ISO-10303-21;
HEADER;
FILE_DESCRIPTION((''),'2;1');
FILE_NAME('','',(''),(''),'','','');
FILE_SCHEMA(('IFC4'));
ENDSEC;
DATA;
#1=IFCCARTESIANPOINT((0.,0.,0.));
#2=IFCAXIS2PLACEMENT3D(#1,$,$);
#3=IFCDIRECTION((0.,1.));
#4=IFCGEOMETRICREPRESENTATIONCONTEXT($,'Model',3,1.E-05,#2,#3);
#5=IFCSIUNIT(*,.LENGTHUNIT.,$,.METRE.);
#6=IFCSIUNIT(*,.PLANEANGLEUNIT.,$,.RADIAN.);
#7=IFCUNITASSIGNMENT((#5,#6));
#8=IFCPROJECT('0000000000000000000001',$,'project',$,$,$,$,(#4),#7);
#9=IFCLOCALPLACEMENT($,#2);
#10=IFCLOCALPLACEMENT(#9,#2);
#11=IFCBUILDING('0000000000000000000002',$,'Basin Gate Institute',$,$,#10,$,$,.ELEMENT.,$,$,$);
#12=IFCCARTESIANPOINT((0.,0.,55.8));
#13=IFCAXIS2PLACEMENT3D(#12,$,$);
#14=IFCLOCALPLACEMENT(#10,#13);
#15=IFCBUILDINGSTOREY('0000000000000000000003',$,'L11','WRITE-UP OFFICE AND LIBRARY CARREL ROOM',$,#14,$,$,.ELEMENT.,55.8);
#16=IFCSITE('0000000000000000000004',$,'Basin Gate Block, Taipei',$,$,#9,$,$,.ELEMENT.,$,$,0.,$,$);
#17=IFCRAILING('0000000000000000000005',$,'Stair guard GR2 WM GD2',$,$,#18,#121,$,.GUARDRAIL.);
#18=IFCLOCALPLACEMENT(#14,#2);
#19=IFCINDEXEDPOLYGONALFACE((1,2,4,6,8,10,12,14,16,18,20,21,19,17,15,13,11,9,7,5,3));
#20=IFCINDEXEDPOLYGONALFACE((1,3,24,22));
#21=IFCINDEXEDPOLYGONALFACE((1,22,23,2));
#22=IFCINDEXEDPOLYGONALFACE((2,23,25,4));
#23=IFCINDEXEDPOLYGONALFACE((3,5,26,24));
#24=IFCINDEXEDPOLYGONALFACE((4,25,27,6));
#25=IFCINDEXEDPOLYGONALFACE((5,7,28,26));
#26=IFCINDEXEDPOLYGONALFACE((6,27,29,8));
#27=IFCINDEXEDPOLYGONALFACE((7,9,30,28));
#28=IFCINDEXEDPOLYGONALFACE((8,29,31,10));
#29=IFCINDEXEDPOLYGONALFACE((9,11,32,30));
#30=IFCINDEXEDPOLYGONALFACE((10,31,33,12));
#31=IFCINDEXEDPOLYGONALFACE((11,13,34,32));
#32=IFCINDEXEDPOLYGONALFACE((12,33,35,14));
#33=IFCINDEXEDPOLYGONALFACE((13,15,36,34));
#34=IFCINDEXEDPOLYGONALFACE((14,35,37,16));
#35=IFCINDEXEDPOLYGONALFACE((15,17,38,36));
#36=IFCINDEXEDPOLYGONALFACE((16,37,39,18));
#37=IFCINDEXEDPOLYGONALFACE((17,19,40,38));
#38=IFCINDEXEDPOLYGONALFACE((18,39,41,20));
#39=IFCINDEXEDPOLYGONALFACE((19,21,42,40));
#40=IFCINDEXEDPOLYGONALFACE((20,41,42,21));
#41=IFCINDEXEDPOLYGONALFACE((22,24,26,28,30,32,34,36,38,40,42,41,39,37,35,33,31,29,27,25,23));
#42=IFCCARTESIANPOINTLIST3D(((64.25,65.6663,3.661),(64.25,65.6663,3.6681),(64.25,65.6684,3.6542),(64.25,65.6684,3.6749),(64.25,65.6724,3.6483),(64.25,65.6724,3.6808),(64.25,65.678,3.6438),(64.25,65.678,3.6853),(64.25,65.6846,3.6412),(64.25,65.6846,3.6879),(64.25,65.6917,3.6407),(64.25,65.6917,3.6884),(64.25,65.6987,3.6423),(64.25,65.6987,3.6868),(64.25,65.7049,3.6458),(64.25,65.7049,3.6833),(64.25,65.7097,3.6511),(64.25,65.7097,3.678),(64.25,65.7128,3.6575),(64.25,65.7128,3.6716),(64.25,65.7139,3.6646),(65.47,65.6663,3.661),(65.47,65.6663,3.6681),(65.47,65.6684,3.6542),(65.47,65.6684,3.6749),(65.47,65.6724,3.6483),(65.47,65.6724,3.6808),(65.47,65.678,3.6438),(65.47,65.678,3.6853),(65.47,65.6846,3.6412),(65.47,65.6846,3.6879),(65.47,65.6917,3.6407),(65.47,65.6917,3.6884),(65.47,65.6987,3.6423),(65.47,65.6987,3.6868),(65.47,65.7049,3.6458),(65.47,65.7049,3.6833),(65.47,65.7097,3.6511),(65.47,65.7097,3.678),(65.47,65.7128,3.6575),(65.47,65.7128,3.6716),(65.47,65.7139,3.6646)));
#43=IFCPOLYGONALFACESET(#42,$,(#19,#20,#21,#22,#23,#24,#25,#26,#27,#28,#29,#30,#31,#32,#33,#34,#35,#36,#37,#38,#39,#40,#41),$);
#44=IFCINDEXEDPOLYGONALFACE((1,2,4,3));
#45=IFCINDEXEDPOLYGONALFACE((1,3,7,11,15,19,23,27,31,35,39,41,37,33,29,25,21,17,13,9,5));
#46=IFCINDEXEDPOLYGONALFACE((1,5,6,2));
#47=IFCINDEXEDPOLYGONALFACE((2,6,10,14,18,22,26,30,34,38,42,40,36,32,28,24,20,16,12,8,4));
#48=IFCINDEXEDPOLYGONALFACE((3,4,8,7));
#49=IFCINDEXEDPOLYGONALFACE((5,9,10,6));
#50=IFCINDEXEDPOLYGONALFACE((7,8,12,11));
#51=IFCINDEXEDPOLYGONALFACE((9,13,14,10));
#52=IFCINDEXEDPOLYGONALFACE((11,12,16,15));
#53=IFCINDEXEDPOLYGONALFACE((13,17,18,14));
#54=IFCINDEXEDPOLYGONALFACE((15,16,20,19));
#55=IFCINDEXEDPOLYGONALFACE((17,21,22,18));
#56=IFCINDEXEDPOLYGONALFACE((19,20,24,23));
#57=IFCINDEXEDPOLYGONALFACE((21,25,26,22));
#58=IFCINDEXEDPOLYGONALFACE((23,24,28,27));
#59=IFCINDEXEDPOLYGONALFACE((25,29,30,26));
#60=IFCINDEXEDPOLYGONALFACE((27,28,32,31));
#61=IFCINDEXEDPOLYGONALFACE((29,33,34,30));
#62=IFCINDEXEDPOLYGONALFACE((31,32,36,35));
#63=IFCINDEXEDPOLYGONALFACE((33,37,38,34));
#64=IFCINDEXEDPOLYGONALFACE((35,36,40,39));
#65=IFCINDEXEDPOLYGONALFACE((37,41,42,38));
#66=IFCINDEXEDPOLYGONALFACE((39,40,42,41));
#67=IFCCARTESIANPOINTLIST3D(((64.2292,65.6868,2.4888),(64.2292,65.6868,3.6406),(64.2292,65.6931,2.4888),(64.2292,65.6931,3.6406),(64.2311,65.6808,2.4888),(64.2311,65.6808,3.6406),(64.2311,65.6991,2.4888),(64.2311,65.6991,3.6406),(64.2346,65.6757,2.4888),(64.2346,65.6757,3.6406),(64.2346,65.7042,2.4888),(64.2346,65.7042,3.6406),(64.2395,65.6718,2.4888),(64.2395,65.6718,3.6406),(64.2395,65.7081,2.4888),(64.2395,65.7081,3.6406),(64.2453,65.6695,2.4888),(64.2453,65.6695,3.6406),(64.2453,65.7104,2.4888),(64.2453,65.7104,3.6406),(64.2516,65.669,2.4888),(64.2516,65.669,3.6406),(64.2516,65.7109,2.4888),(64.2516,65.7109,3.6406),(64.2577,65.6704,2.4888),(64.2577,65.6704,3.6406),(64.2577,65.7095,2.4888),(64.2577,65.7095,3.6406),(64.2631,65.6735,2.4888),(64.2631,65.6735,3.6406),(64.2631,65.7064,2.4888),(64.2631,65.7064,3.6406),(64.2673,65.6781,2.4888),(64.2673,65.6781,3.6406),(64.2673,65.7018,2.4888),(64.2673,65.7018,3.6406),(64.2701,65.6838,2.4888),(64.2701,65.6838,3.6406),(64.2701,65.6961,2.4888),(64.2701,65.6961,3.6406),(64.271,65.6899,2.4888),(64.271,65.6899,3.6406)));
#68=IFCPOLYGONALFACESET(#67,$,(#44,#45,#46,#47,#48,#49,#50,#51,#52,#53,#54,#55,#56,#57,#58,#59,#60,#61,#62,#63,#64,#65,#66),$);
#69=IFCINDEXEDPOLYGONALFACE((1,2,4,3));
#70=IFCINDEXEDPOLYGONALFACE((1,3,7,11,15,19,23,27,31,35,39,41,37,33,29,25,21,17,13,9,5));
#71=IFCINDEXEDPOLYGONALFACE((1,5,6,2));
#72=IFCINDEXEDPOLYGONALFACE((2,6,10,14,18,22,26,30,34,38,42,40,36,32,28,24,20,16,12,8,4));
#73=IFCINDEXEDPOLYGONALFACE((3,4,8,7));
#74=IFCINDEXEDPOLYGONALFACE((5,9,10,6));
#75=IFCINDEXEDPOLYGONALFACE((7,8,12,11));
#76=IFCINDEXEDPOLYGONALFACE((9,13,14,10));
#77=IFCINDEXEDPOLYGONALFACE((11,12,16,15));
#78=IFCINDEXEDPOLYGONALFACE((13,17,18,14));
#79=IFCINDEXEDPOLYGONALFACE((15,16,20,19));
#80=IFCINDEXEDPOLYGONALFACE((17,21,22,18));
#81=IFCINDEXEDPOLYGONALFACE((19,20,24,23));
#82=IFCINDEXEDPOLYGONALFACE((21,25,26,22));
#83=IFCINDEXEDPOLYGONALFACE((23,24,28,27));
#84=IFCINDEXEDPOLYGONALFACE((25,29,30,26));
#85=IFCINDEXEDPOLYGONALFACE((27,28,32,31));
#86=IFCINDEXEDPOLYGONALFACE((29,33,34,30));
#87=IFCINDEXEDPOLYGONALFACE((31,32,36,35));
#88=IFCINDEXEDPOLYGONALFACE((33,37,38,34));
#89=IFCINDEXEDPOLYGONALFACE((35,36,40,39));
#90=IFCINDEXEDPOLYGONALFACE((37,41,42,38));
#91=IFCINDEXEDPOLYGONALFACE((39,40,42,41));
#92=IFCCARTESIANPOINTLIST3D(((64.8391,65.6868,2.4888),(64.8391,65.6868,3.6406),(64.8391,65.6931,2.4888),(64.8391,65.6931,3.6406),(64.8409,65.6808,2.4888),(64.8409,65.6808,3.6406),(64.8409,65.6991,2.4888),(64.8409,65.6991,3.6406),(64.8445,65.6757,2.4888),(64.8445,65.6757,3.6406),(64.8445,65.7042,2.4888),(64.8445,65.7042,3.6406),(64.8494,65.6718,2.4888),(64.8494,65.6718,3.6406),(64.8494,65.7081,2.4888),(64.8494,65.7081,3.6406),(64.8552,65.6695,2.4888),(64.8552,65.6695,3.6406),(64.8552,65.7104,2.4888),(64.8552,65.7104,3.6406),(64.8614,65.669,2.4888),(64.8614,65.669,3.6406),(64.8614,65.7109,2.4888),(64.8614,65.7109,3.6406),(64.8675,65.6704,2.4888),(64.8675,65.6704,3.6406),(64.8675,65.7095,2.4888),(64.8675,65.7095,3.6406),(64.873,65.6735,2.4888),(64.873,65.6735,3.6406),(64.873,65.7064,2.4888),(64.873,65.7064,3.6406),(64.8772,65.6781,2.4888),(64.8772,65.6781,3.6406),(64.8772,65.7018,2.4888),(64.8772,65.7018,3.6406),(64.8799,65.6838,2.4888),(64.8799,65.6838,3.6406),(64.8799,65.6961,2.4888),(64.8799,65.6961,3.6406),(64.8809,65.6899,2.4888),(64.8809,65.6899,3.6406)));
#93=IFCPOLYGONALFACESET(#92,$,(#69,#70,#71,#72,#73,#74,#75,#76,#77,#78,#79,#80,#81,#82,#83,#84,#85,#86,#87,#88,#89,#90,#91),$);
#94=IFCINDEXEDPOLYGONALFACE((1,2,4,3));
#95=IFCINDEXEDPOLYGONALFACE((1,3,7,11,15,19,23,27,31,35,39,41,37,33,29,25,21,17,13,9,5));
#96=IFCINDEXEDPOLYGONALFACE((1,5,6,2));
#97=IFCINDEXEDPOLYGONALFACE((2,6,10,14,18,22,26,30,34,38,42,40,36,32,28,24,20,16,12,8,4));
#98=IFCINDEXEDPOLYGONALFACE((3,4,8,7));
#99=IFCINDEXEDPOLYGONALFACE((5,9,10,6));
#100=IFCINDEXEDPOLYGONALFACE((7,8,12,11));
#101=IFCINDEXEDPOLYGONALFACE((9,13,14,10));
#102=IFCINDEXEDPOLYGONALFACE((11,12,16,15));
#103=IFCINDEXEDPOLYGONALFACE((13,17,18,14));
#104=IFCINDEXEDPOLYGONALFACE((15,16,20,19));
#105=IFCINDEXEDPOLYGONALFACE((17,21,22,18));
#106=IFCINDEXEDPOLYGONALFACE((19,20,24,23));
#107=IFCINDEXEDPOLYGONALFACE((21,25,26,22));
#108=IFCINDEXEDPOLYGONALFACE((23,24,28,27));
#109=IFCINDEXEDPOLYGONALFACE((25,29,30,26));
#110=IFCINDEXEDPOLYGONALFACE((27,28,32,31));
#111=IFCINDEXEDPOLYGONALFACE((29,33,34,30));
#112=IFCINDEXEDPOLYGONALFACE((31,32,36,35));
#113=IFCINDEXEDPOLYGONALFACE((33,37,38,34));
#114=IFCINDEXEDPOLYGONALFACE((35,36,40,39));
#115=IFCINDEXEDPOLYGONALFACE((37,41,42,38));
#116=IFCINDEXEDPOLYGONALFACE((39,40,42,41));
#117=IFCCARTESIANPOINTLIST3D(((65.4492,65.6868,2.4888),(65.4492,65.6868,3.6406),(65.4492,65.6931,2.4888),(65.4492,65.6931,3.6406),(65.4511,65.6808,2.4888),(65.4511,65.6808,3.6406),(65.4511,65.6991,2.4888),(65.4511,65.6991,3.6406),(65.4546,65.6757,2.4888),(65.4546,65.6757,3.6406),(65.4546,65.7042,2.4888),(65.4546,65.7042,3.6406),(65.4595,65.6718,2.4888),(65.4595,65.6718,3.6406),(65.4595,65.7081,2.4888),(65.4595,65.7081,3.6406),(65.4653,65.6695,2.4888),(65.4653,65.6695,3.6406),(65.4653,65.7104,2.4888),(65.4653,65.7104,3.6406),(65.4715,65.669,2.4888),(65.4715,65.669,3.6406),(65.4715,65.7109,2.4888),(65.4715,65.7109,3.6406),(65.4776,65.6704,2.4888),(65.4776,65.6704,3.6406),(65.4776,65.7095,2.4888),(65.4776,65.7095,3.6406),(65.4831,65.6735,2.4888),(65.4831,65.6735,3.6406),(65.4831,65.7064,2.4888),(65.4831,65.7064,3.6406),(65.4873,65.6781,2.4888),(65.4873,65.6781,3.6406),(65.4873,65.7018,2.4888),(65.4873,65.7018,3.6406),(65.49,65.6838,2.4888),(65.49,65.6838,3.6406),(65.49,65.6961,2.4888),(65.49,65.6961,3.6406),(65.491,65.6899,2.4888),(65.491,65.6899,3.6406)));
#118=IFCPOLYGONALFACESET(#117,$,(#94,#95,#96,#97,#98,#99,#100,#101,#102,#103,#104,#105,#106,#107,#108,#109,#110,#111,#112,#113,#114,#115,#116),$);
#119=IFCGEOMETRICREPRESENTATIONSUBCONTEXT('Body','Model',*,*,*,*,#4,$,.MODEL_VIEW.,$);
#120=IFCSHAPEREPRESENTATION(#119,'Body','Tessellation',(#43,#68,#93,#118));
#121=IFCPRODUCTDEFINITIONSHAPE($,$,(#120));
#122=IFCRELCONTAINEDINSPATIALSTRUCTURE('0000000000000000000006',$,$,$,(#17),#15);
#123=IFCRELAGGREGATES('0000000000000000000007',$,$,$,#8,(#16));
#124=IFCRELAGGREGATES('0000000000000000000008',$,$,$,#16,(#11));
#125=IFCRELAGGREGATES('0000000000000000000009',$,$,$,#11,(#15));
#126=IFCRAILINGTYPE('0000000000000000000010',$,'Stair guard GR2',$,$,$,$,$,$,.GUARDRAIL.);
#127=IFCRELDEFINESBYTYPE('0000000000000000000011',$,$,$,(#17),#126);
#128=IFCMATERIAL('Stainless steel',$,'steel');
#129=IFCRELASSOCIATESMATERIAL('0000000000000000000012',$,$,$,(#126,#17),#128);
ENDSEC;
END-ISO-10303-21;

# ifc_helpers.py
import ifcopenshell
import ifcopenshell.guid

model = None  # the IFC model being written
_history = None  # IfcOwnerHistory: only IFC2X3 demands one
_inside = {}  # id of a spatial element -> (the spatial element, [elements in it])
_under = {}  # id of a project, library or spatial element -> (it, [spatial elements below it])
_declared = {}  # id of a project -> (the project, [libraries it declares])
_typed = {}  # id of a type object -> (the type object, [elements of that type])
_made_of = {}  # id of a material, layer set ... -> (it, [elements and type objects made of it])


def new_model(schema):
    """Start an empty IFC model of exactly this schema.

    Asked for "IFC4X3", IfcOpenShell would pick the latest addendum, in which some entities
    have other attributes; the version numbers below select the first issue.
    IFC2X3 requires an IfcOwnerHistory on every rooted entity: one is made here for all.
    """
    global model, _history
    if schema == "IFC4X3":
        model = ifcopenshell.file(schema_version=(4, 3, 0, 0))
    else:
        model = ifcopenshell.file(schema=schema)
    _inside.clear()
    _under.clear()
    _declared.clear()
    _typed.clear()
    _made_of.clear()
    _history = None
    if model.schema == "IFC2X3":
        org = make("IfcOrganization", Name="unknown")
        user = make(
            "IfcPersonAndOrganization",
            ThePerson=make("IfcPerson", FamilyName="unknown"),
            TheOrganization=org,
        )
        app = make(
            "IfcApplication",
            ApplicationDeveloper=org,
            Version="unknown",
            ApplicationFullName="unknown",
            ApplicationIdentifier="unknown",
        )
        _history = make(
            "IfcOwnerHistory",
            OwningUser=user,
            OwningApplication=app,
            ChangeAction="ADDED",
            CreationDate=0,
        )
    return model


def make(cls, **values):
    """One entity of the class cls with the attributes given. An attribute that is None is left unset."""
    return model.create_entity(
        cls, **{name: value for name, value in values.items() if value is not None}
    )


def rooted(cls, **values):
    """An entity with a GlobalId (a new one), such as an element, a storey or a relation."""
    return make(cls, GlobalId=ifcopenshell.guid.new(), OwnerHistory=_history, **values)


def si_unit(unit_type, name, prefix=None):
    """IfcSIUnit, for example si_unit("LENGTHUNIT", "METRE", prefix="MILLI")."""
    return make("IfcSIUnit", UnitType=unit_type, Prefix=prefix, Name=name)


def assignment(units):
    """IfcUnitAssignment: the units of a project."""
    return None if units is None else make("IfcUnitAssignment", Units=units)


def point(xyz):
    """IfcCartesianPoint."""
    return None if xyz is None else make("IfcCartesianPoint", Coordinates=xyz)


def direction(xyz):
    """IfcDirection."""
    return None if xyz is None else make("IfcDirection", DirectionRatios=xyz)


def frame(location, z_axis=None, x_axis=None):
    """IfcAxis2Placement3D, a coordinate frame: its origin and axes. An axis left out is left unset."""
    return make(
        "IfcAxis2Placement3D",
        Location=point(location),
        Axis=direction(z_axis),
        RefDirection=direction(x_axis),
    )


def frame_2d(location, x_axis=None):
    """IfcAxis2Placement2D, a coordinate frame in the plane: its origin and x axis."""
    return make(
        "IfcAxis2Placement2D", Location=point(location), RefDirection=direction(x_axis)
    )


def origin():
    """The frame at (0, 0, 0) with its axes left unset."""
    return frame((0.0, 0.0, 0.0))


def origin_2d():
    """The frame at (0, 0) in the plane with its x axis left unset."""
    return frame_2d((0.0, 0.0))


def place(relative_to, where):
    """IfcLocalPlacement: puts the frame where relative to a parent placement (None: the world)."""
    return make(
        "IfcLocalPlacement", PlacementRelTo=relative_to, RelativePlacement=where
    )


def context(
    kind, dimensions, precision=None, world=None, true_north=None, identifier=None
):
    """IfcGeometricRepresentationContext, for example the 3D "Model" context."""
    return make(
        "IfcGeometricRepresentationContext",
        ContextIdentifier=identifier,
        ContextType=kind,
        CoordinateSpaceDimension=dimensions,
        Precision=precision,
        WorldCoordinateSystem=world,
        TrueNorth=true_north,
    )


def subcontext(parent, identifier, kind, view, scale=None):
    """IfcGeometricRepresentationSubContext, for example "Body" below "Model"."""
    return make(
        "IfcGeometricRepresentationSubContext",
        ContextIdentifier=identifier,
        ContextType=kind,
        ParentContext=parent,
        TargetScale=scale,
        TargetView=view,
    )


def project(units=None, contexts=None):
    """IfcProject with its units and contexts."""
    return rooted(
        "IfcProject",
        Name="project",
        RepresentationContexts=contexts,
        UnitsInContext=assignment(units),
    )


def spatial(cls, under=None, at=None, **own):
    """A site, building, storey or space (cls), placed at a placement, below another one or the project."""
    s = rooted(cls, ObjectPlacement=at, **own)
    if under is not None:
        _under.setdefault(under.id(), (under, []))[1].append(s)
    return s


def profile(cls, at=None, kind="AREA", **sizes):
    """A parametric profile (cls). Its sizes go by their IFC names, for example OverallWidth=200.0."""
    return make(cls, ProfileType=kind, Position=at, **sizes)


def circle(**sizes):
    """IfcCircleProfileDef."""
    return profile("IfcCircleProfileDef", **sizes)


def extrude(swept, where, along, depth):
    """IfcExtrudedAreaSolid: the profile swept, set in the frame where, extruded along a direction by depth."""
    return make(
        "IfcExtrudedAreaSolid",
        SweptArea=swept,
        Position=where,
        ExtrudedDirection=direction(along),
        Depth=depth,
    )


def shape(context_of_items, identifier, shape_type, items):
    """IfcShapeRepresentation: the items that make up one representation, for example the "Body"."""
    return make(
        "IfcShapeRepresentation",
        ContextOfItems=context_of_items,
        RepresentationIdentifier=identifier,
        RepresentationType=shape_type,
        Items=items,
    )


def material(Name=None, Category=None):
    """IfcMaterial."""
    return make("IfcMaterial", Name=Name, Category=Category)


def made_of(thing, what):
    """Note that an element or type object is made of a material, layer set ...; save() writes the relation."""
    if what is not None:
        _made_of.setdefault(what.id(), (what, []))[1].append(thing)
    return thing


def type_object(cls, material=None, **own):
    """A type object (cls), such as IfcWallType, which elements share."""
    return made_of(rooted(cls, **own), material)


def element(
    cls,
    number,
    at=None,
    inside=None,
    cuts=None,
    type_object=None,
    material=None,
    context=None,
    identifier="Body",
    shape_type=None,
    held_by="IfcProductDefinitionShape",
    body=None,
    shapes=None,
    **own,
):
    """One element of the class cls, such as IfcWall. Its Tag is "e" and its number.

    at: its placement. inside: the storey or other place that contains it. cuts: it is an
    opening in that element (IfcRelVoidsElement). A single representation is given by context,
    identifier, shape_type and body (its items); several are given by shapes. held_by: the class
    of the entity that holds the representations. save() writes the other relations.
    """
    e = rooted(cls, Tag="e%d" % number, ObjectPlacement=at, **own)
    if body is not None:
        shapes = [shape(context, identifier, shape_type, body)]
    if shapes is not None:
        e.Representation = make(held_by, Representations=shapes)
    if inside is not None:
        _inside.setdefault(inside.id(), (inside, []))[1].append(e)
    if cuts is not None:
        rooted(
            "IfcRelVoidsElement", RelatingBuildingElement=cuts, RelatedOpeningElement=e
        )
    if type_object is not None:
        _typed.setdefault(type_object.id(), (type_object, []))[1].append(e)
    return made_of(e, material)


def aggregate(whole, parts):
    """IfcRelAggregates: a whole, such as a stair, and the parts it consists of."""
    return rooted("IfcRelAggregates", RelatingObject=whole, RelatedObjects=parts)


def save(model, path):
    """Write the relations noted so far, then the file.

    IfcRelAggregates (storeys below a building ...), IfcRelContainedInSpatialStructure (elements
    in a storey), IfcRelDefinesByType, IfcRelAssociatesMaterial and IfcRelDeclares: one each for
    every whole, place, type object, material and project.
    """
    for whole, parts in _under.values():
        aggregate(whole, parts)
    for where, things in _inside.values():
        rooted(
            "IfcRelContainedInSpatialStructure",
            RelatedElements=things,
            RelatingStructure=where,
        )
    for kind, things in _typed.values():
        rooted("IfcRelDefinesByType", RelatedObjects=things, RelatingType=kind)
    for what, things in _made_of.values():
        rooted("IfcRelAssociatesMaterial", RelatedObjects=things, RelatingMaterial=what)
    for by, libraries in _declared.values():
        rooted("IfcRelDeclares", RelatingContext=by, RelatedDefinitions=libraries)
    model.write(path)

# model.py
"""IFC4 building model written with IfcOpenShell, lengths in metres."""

from ifc_helpers import new_model, si_unit, direction, frame, origin, origin_2d, place, context, subcontext, project, spatial, circle, extrude, material, type_object, element, save


model = new_model("IFC4")

# Units and contexts
model_context = context("Model", 3, precision=1e-05, world=origin(), true_north=direction((0.0, 1.0)))
body_context = subcontext(model_context, "Body", "Model", "MODEL_VIEW")
ifc_project = project(units=[si_unit("LENGTHUNIT", "METRE"), si_unit("PLANEANGLEUNIT", "RADIAN")], contexts=[model_context])

# Site, building, storey
site_placement = place(None, origin())
site = spatial("IfcSite", under=ifc_project, at=site_placement, Name="Basin Gate Block, Taipei", CompositionType="ELEMENT", RefElevation=0.0)
building_placement = place(site_placement, origin())
building = spatial("IfcBuilding", under=site, at=building_placement, Name="Basin Gate Institute", CompositionType="ELEMENT")
storey_placement = place(building_placement, frame((0.0, 0.0, 55.8)))
storey = spatial("IfcBuildingStorey", under=building, at=storey_placement, Name="L11", Description="WRITE-UP OFFICE AND LIBRARY CARREL ROOM", CompositionType="ELEMENT", Elevation=55.8)

# Railing
ifc_material_1 = material(Name="Stainless steel", Category="steel")
railing_type_1 = type_object("IfcRailingType", Name="Stair guard GR2", PredefinedType="GUARDRAIL", material=ifc_material_1)
railing_1_placement = place(storey_placement, frame((64.25, 65.6899, 2.4888)))
element("IfcRailing", 1, at=railing_1_placement, inside=storey, type_object=railing_type_1, material=ifc_material_1, Name="Stair guard GR2 WM GD2", PredefinedType="GUARDRAIL", context=body_context, shape_type="SweptSolid", body=[
    extrude(circle(Radius=0.0239, at=origin_2d()), frame((0.0, 0.0, 1.1758), z_axis=(1.0, 0.0, 0.0), x_axis=(0.0, 1.0, 0.0)), (0.0, 0.0, 1.0), 1.22),
    extrude(circle(Radius=0.021, at=origin_2d()), origin(), (0.0, 0.0, 1.0), 1.1519),
    extrude(circle(Radius=0.021, at=origin_2d()), frame((0.6099, 0.0, 0.0)), (0.0, 0.0, 1.0), 1.1519),
    extrude(circle(Radius=0.021, at=origin_2d()), frame((1.22, 0.0, 0.0)), (0.0, 0.0, 1.0), 1.1519),
])

save(model, "model.ifc")
